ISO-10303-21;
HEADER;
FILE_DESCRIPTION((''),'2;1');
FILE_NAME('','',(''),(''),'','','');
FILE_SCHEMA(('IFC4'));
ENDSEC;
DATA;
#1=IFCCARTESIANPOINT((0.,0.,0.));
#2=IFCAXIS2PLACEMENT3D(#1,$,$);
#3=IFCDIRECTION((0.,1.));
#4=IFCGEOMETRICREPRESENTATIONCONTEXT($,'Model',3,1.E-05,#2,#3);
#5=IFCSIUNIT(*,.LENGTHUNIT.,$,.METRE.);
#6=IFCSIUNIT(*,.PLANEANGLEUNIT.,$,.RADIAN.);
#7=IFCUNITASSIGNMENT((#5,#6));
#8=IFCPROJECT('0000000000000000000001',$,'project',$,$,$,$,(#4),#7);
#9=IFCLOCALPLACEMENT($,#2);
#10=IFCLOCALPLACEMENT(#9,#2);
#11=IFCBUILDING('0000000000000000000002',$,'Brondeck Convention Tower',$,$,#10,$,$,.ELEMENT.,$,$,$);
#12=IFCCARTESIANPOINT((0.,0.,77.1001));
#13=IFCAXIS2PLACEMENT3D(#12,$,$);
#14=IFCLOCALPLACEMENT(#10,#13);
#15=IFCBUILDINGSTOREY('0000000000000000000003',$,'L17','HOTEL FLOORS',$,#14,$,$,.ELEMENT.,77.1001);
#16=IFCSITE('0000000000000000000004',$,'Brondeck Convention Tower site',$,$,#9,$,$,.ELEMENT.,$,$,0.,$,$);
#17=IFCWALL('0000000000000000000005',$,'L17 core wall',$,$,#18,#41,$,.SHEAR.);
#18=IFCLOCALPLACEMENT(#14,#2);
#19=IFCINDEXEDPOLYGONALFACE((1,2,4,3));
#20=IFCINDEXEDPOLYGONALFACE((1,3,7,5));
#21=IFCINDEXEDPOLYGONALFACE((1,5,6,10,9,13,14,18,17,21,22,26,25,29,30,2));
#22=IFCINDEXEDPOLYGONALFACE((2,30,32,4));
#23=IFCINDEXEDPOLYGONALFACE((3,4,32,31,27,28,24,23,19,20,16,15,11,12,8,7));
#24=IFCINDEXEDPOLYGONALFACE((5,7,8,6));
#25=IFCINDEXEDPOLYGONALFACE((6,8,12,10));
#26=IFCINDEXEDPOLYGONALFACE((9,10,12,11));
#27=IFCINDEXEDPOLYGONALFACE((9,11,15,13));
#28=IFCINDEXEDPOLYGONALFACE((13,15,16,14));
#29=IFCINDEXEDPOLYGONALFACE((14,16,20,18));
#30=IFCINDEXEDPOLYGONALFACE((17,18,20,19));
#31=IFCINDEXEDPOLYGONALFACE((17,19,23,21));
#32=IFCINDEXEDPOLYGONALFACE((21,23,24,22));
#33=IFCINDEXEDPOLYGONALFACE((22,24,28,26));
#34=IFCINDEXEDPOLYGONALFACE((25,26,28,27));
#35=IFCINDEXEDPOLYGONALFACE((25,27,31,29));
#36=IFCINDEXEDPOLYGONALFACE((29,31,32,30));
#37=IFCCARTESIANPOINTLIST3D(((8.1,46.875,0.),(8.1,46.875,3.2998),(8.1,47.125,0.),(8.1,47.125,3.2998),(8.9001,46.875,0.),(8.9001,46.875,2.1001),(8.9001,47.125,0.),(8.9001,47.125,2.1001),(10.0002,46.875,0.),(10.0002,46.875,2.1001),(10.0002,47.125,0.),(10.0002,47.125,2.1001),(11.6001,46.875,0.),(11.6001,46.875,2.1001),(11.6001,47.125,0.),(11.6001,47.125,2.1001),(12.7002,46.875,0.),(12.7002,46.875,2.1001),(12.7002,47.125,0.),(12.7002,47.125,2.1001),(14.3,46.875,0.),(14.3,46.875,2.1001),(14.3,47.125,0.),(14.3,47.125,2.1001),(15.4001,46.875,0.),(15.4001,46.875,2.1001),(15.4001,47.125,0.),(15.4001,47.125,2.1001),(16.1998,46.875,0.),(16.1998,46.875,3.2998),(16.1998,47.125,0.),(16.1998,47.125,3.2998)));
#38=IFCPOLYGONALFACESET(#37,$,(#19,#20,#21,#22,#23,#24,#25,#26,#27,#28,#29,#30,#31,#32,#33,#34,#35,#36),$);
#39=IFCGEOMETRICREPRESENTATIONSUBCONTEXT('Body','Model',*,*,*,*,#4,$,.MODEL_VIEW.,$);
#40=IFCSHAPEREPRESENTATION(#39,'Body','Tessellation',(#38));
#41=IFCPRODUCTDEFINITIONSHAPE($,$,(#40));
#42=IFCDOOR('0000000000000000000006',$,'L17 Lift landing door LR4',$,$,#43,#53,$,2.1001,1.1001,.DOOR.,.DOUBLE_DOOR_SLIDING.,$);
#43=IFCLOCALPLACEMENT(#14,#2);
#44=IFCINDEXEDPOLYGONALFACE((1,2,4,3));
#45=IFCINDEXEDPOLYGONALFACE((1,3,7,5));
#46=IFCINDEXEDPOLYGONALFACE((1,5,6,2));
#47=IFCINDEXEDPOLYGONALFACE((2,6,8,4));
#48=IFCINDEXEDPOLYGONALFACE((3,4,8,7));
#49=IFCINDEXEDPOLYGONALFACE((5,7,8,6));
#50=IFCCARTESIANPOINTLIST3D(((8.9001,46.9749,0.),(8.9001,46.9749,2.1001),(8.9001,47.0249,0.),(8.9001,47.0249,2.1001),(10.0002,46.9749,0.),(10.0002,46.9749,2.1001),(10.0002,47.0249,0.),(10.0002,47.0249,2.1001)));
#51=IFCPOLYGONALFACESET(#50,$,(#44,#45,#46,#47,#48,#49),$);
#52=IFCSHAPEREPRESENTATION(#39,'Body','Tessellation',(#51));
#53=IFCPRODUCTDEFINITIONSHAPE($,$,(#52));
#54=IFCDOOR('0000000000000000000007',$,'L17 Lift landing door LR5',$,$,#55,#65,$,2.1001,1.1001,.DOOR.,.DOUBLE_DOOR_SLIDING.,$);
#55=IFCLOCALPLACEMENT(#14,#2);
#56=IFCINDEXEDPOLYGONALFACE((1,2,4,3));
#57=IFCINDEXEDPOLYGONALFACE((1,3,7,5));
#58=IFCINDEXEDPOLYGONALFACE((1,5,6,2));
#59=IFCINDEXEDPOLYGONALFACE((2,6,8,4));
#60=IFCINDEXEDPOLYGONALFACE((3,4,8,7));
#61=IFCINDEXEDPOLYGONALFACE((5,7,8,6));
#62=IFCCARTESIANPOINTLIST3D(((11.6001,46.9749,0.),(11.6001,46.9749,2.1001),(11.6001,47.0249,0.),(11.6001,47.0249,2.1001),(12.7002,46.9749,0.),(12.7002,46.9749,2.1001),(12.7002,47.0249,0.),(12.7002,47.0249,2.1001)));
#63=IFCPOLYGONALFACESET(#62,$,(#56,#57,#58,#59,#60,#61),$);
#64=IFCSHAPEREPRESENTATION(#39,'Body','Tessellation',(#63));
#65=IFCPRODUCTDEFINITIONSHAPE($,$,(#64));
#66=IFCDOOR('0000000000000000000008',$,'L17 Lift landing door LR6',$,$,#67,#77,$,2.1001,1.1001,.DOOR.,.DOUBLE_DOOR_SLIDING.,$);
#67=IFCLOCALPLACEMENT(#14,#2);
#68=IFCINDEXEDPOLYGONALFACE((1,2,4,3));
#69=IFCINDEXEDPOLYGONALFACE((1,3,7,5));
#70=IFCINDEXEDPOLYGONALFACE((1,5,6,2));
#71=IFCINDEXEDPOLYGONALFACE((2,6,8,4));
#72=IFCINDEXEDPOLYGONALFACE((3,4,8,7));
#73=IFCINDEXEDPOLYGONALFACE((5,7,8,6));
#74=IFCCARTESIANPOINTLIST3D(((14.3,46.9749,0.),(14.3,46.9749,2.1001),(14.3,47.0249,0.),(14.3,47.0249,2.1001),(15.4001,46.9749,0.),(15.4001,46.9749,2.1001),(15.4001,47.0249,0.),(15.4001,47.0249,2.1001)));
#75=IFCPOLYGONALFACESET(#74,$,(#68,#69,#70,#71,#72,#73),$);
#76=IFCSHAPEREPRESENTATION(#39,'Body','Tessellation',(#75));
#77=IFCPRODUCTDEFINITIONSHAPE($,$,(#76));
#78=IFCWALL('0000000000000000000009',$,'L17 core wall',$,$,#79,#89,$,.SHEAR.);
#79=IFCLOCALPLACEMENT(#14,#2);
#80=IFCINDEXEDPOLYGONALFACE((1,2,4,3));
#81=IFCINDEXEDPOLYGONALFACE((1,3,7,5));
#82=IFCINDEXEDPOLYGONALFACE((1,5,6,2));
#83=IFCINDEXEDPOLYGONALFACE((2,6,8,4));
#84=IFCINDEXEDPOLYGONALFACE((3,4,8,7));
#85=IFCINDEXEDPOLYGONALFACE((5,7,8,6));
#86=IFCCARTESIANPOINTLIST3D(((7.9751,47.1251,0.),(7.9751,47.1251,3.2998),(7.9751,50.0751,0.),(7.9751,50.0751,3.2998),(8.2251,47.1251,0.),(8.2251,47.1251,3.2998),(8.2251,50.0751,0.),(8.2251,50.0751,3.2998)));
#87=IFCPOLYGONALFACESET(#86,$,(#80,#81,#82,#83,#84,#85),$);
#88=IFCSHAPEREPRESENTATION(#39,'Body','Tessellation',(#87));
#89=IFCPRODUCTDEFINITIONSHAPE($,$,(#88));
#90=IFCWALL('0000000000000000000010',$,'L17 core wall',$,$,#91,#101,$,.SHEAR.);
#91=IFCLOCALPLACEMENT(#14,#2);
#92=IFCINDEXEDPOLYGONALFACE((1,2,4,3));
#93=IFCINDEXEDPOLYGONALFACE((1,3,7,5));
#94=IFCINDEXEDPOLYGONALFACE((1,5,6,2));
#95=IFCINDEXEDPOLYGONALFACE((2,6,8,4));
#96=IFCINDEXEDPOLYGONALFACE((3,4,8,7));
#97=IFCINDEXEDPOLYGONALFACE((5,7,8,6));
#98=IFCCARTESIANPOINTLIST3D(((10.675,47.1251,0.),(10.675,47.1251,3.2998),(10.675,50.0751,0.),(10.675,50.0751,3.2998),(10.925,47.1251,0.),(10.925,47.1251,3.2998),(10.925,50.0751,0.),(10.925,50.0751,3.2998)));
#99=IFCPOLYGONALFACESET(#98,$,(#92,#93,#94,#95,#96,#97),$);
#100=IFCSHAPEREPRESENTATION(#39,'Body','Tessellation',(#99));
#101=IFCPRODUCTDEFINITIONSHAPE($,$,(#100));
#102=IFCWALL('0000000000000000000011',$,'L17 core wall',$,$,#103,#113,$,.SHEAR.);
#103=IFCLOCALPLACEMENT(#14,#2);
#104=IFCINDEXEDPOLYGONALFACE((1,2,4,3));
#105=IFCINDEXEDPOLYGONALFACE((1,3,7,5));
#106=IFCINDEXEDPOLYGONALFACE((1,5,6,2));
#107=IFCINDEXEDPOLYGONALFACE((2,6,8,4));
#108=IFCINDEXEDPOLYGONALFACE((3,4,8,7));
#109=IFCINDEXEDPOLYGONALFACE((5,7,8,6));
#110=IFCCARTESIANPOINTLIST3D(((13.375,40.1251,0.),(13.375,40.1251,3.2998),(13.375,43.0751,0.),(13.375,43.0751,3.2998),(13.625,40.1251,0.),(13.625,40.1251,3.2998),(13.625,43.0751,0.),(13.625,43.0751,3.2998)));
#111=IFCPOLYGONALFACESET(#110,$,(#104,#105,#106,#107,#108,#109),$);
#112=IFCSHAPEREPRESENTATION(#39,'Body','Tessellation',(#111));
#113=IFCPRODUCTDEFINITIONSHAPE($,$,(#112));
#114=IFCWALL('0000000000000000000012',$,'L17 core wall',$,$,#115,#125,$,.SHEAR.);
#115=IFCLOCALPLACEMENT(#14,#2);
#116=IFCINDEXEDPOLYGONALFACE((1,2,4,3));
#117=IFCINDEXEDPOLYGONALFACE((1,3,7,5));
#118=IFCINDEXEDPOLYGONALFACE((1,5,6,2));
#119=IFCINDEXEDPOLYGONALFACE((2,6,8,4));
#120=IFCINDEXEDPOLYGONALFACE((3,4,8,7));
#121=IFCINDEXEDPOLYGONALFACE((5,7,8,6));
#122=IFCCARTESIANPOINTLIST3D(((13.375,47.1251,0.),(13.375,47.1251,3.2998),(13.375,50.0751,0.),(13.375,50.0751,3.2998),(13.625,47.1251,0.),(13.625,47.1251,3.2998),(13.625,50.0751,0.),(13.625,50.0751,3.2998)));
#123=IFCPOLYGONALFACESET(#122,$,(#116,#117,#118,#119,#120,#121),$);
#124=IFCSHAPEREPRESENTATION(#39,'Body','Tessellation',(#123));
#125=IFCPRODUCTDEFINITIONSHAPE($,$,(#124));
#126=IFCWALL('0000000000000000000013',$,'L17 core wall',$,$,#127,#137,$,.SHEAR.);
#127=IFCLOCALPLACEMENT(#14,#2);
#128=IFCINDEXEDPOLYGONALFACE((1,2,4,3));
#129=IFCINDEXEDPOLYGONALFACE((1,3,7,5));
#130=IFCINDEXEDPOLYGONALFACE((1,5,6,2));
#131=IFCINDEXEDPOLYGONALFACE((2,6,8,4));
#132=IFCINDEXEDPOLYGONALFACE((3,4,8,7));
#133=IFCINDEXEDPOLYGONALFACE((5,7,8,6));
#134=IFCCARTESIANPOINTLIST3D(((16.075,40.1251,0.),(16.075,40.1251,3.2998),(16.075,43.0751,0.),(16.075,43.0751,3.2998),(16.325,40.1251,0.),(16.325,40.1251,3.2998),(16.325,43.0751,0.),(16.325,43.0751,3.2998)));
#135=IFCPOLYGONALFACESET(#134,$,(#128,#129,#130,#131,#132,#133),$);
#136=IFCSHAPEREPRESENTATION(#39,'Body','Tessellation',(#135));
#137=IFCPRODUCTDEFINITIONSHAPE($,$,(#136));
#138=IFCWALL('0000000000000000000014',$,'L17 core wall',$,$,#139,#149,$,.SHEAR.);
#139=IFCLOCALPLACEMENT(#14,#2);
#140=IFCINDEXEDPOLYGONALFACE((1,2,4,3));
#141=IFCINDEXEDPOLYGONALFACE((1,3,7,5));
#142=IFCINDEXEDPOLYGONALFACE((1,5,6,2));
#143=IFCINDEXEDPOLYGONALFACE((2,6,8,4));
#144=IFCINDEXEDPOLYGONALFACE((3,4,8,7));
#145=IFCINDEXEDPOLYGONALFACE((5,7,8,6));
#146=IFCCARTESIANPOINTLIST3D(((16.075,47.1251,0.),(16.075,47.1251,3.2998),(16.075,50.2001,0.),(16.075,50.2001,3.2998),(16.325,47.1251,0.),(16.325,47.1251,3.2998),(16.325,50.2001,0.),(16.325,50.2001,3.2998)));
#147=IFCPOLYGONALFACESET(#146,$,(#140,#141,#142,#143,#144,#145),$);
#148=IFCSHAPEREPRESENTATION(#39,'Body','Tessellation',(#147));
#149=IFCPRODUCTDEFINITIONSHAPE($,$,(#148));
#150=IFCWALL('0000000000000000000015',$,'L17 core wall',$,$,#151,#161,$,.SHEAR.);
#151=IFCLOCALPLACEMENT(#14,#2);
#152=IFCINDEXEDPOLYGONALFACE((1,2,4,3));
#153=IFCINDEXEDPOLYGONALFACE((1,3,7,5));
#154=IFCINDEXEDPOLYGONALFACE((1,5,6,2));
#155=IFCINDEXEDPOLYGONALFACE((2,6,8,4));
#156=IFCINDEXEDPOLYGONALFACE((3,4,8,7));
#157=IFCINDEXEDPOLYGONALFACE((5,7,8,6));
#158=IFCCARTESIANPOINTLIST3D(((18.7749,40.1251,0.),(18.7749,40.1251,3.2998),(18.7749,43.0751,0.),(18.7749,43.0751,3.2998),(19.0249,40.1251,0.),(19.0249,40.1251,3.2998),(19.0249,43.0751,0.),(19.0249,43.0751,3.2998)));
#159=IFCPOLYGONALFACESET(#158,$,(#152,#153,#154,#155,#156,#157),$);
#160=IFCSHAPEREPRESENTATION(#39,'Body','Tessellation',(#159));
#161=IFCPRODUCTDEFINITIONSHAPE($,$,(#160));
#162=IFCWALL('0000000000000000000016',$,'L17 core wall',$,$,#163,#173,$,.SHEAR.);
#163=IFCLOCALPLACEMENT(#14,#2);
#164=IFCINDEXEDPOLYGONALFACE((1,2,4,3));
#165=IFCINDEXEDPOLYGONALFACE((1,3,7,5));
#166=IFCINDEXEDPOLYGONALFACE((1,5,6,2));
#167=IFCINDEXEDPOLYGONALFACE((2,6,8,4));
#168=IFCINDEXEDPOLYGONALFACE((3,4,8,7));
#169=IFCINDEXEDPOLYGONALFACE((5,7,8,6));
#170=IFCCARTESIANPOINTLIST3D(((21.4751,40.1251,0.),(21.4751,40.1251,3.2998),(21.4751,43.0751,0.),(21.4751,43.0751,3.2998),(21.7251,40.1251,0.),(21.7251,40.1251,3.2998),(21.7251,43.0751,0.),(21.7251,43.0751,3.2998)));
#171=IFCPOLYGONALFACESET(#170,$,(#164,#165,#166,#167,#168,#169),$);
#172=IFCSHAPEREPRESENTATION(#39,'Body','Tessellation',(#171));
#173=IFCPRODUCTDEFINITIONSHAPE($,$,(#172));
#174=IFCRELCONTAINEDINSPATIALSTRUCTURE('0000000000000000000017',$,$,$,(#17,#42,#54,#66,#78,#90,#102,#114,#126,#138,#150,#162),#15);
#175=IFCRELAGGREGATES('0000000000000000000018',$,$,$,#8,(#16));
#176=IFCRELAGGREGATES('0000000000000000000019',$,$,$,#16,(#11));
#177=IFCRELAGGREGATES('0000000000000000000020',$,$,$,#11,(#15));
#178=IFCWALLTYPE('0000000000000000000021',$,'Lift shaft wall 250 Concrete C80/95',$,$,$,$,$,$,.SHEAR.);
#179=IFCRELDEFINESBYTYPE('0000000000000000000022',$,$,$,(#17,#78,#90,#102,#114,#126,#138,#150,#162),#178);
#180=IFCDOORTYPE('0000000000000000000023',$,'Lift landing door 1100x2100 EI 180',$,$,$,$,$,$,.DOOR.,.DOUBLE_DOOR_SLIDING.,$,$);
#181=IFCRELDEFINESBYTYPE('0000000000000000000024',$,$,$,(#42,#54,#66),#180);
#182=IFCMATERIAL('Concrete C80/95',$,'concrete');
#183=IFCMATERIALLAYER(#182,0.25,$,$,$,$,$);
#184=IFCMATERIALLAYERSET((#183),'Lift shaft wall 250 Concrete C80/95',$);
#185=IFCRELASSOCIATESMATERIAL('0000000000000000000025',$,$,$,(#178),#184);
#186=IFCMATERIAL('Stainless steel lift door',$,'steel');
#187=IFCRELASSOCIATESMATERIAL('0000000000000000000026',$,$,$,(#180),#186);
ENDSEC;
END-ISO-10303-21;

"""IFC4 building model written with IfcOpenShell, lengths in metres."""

from ifc_helpers import new_model, si_unit, direction, frame, frame_2d, origin, place, context, subcontext, project, spatial, rectangle, extrude, material, layer, layer_set, type_object, element, fill, save


model = new_model("IFC4")

# Units and contexts
model_context = context("Model", 3, precision=1e-05, world=origin(), true_north=direction((0.0, 1.0)))
body_context = subcontext(model_context, "Body", "Model", "MODEL_VIEW")
ifc_project = project(units=[si_unit("LENGTHUNIT", "METRE"), si_unit("PLANEANGLEUNIT", "RADIAN")], contexts=[model_context])

# Site, building, storey
site_placement = place(None, origin())
site = spatial("IfcSite", under=ifc_project, at=site_placement, Name="Brondeck Convention Tower site", CompositionType="ELEMENT", RefElevation=0.0)
building_placement = place(site_placement, origin())
building = spatial("IfcBuilding", under=site, at=building_placement, Name="Brondeck Convention Tower", CompositionType="ELEMENT")
storey_placement = place(building_placement, frame((0.0, 0.0, 77.1001)))
storey = spatial("IfcBuildingStorey", under=building, at=storey_placement, Name="L17", Description="HOTEL FLOORS", CompositionType="ELEMENT", Elevation=77.1001)

# Shared definitions
ifc_material_1 = material(Name="Concrete C80/95", Category="concrete")

# Wall, openings, doors
ifc_layer_1 = layer(ifc_material_1, 0.25)
ifc_layer_set_1 = layer_set([ifc_layer_1], Name="Lift shaft wall 250 Concrete C80/95")
wall_type_1 = type_object("IfcWallType", Name="Lift shaft wall 250 Concrete C80/95", PredefinedType="SHEAR", material=ifc_layer_set_1)
ifc_material_2 = material(Name="Stainless steel lift door", Category="steel")
door_type_1 = type_object("IfcDoorType", Name="Lift landing door 1100x2100 EI 180", OperationType="DOUBLE_DOOR_SLIDING", PredefinedType="DOOR", material=ifc_material_2)
wall_1_placement = place(storey_placement, frame((8.1001, 47.0, 0.0), z_axis=(0.0, 0.0, 1.0), x_axis=(1.0, 0.0, 0.0)))
wall_1 = element("IfcWall", 1, at=wall_1_placement, inside=storey, type_object=wall_type_1, Name="L17 core wall", PredefinedType="SHEAR", context=body_context, shape_type="SweptSolid", body=[
    extrude(rectangle(XDim=8.0999, YDim=0.25, at=frame_2d((4.0498, 0.0))), origin(), (0.0, 0.0, 1.0), 3.2998),
])
opening_1_placement = place(wall_1_placement, frame((0.8, 0.0, 0.0)))
opening_1 = element("IfcOpeningElement", 2, at=opening_1_placement, cuts=wall_1, PredefinedType="OPENING", context=body_context, shape_type="SweptSolid", body=[
    extrude(rectangle(XDim=1.1001, YDim=2.1001, at=frame_2d((0.55, 1.05))), frame((0.0, 0.135, 0.0), z_axis=(0.0, -1.0, 0.0), x_axis=(1.0, 0.0, 0.0)), (0.0, 0.0, 1.0), 0.27),
])
opening_2_placement = place(wall_1_placement, frame((3.5, 0.0, 0.0)))
opening_2 = element("IfcOpeningElement", 3, at=opening_2_placement, cuts=wall_1, PredefinedType="OPENING", context=body_context, shape_type="SweptSolid", body=[
    extrude(rectangle(XDim=1.1001, YDim=2.1001, at=frame_2d((0.55, 1.05))), frame((0.0, 0.135, 0.0), z_axis=(0.0, -1.0, 0.0), x_axis=(1.0, 0.0, 0.0)), (0.0, 0.0, 1.0), 0.27),
])
opening_3_placement = place(wall_1_placement, frame((6.2, 0.0, 0.0)))
opening_3 = element("IfcOpeningElement", 4, at=opening_3_placement, cuts=wall_1, PredefinedType="OPENING", context=body_context, shape_type="SweptSolid", body=[
    extrude(rectangle(XDim=1.1001, YDim=2.1001, at=frame_2d((0.55, 1.05))), frame((0.0, 0.135, 0.0), z_axis=(0.0, -1.0, 0.0), x_axis=(1.0, 0.0, 0.0)), (0.0, 0.0, 1.0), 0.27),
])
door_1_placement = place(opening_1_placement, origin())
door_1 = element("IfcDoor", 5, at=door_1_placement, inside=storey, type_object=door_type_1, Name="L17 Lift landing door LR4", OperationType="DOUBLE_DOOR_SLIDING", OverallHeight=2.1001, OverallWidth=1.1001, PredefinedType="DOOR", context=body_context, shape_type="SweptSolid", body=[
    extrude(rectangle(XDim=1.1001, YDim=2.1001, at=frame_2d((0.55, 1.05))), frame((0.0, 0.0249, 0.0), z_axis=(0.0, -1.0, 0.0), x_axis=(1.0, 0.0, 0.0)), (0.0, 0.0, 1.0), 0.05),
])
fill(opening_1, door_1)
door_2_placement = place(opening_2_placement, origin())
door_2 = element("IfcDoor", 6, at=door_2_placement, inside=storey, type_object=door_type_1, Name="L17 Lift landing door LR5", OperationType="DOUBLE_DOOR_SLIDING", OverallHeight=2.1001, OverallWidth=1.1001, PredefinedType="DOOR", context=body_context, shape_type="SweptSolid", body=[
    extrude(rectangle(XDim=1.1001, YDim=2.1001, at=frame_2d((0.55, 1.05))), frame((0.0, 0.0249, 0.0), z_axis=(0.0, -1.0, 0.0), x_axis=(1.0, 0.0, 0.0)), (0.0, 0.0, 1.0), 0.05),
])
fill(opening_2, door_2)
door_3_placement = place(opening_3_placement, origin())
door_3 = element("IfcDoor", 7, at=door_3_placement, inside=storey, type_object=door_type_1, Name="L17 Lift landing door LR6", OperationType="DOUBLE_DOOR_SLIDING", OverallHeight=2.1001, OverallWidth=1.1001, PredefinedType="DOOR", context=body_context, shape_type="SweptSolid", body=[
    extrude(rectangle(XDim=1.1001, YDim=2.1001, at=frame_2d((0.55, 1.05))), frame((0.0, 0.0249, 0.0), z_axis=(0.0, -1.0, 0.0), x_axis=(1.0, 0.0, 0.0)), (0.0, 0.0, 1.0), 0.05),
])
fill(opening_3, door_3)

# Walls
for number, where, z_axis, x_axis, name in (
    (8, (8.1001, 47.125, 0.0), (0.0, 0.0, 1.0), (0.0, 1.0, 0.0), "L17 core wall"),
    (9, (10.8, 47.125, 0.0), (0.0, 0.0, 1.0), (0.0, 1.0, 0.0), "L17 core wall"),
    (10, (13.5, 40.125, 0.0), (0.0, 0.0, 1.0), (0.0, 1.0, 0.0), "L17 core wall"),
    (11, (13.5, 47.125, 0.0), (0.0, 0.0, 1.0), (0.0, 1.0, 0.0), "L17 core wall"),
    (12, (16.2, 40.125, 0.0), (0.0, 0.0, 1.0), (0.0, 1.0, 0.0), "L17 core wall"),
):
    element("IfcWall", number, at=place(storey_placement, frame(where, z_axis=z_axis, x_axis=x_axis)), inside=storey, type_object=wall_type_1, Name=name, PredefinedType="SHEAR", context=body_context, shape_type="SweptSolid", body=[
        extrude(rectangle(XDim=2.95, YDim=0.25, at=frame_2d((1.4751, 0.0))), origin(), (0.0, 0.0, 1.0), 3.2998),
    ])
wall_2_placement = place(storey_placement, frame((16.2, 47.125, 0.0), z_axis=(0.0, 0.0, 1.0), x_axis=(0.0, 1.0, 0.0)))
element("IfcWall", 13, at=wall_2_placement, inside=storey, type_object=wall_type_1, Name="L17 core wall", PredefinedType="SHEAR", context=body_context, shape_type="SweptSolid", body=[
    extrude(rectangle(XDim=3.075, YDim=0.25, at=frame_2d((1.5376, 0.0))), origin(), (0.0, 0.0, 1.0), 3.2998),
])
for number, where, z_axis, x_axis, name in (
    (14, (18.8999, 40.125, 0.0), (0.0, 0.0, 1.0), (0.0, 1.0, 0.0), "L17 core wall"),
    (15, (21.6001, 40.125, 0.0), (0.0, 0.0, 1.0), (0.0, 1.0, 0.0), "L17 core wall"),
):
    element("IfcWall", number, at=place(storey_placement, frame(where, z_axis=z_axis, x_axis=x_axis)), inside=storey, type_object=wall_type_1, Name=name, PredefinedType="SHEAR", context=body_context, shape_type="SweptSolid", body=[
        extrude(rectangle(XDim=2.95, YDim=0.25, at=frame_2d((1.4751, 0.0))), origin(), (0.0, 0.0, 1.0), 3.2998),
    ])

save(model, "model.ifc")
